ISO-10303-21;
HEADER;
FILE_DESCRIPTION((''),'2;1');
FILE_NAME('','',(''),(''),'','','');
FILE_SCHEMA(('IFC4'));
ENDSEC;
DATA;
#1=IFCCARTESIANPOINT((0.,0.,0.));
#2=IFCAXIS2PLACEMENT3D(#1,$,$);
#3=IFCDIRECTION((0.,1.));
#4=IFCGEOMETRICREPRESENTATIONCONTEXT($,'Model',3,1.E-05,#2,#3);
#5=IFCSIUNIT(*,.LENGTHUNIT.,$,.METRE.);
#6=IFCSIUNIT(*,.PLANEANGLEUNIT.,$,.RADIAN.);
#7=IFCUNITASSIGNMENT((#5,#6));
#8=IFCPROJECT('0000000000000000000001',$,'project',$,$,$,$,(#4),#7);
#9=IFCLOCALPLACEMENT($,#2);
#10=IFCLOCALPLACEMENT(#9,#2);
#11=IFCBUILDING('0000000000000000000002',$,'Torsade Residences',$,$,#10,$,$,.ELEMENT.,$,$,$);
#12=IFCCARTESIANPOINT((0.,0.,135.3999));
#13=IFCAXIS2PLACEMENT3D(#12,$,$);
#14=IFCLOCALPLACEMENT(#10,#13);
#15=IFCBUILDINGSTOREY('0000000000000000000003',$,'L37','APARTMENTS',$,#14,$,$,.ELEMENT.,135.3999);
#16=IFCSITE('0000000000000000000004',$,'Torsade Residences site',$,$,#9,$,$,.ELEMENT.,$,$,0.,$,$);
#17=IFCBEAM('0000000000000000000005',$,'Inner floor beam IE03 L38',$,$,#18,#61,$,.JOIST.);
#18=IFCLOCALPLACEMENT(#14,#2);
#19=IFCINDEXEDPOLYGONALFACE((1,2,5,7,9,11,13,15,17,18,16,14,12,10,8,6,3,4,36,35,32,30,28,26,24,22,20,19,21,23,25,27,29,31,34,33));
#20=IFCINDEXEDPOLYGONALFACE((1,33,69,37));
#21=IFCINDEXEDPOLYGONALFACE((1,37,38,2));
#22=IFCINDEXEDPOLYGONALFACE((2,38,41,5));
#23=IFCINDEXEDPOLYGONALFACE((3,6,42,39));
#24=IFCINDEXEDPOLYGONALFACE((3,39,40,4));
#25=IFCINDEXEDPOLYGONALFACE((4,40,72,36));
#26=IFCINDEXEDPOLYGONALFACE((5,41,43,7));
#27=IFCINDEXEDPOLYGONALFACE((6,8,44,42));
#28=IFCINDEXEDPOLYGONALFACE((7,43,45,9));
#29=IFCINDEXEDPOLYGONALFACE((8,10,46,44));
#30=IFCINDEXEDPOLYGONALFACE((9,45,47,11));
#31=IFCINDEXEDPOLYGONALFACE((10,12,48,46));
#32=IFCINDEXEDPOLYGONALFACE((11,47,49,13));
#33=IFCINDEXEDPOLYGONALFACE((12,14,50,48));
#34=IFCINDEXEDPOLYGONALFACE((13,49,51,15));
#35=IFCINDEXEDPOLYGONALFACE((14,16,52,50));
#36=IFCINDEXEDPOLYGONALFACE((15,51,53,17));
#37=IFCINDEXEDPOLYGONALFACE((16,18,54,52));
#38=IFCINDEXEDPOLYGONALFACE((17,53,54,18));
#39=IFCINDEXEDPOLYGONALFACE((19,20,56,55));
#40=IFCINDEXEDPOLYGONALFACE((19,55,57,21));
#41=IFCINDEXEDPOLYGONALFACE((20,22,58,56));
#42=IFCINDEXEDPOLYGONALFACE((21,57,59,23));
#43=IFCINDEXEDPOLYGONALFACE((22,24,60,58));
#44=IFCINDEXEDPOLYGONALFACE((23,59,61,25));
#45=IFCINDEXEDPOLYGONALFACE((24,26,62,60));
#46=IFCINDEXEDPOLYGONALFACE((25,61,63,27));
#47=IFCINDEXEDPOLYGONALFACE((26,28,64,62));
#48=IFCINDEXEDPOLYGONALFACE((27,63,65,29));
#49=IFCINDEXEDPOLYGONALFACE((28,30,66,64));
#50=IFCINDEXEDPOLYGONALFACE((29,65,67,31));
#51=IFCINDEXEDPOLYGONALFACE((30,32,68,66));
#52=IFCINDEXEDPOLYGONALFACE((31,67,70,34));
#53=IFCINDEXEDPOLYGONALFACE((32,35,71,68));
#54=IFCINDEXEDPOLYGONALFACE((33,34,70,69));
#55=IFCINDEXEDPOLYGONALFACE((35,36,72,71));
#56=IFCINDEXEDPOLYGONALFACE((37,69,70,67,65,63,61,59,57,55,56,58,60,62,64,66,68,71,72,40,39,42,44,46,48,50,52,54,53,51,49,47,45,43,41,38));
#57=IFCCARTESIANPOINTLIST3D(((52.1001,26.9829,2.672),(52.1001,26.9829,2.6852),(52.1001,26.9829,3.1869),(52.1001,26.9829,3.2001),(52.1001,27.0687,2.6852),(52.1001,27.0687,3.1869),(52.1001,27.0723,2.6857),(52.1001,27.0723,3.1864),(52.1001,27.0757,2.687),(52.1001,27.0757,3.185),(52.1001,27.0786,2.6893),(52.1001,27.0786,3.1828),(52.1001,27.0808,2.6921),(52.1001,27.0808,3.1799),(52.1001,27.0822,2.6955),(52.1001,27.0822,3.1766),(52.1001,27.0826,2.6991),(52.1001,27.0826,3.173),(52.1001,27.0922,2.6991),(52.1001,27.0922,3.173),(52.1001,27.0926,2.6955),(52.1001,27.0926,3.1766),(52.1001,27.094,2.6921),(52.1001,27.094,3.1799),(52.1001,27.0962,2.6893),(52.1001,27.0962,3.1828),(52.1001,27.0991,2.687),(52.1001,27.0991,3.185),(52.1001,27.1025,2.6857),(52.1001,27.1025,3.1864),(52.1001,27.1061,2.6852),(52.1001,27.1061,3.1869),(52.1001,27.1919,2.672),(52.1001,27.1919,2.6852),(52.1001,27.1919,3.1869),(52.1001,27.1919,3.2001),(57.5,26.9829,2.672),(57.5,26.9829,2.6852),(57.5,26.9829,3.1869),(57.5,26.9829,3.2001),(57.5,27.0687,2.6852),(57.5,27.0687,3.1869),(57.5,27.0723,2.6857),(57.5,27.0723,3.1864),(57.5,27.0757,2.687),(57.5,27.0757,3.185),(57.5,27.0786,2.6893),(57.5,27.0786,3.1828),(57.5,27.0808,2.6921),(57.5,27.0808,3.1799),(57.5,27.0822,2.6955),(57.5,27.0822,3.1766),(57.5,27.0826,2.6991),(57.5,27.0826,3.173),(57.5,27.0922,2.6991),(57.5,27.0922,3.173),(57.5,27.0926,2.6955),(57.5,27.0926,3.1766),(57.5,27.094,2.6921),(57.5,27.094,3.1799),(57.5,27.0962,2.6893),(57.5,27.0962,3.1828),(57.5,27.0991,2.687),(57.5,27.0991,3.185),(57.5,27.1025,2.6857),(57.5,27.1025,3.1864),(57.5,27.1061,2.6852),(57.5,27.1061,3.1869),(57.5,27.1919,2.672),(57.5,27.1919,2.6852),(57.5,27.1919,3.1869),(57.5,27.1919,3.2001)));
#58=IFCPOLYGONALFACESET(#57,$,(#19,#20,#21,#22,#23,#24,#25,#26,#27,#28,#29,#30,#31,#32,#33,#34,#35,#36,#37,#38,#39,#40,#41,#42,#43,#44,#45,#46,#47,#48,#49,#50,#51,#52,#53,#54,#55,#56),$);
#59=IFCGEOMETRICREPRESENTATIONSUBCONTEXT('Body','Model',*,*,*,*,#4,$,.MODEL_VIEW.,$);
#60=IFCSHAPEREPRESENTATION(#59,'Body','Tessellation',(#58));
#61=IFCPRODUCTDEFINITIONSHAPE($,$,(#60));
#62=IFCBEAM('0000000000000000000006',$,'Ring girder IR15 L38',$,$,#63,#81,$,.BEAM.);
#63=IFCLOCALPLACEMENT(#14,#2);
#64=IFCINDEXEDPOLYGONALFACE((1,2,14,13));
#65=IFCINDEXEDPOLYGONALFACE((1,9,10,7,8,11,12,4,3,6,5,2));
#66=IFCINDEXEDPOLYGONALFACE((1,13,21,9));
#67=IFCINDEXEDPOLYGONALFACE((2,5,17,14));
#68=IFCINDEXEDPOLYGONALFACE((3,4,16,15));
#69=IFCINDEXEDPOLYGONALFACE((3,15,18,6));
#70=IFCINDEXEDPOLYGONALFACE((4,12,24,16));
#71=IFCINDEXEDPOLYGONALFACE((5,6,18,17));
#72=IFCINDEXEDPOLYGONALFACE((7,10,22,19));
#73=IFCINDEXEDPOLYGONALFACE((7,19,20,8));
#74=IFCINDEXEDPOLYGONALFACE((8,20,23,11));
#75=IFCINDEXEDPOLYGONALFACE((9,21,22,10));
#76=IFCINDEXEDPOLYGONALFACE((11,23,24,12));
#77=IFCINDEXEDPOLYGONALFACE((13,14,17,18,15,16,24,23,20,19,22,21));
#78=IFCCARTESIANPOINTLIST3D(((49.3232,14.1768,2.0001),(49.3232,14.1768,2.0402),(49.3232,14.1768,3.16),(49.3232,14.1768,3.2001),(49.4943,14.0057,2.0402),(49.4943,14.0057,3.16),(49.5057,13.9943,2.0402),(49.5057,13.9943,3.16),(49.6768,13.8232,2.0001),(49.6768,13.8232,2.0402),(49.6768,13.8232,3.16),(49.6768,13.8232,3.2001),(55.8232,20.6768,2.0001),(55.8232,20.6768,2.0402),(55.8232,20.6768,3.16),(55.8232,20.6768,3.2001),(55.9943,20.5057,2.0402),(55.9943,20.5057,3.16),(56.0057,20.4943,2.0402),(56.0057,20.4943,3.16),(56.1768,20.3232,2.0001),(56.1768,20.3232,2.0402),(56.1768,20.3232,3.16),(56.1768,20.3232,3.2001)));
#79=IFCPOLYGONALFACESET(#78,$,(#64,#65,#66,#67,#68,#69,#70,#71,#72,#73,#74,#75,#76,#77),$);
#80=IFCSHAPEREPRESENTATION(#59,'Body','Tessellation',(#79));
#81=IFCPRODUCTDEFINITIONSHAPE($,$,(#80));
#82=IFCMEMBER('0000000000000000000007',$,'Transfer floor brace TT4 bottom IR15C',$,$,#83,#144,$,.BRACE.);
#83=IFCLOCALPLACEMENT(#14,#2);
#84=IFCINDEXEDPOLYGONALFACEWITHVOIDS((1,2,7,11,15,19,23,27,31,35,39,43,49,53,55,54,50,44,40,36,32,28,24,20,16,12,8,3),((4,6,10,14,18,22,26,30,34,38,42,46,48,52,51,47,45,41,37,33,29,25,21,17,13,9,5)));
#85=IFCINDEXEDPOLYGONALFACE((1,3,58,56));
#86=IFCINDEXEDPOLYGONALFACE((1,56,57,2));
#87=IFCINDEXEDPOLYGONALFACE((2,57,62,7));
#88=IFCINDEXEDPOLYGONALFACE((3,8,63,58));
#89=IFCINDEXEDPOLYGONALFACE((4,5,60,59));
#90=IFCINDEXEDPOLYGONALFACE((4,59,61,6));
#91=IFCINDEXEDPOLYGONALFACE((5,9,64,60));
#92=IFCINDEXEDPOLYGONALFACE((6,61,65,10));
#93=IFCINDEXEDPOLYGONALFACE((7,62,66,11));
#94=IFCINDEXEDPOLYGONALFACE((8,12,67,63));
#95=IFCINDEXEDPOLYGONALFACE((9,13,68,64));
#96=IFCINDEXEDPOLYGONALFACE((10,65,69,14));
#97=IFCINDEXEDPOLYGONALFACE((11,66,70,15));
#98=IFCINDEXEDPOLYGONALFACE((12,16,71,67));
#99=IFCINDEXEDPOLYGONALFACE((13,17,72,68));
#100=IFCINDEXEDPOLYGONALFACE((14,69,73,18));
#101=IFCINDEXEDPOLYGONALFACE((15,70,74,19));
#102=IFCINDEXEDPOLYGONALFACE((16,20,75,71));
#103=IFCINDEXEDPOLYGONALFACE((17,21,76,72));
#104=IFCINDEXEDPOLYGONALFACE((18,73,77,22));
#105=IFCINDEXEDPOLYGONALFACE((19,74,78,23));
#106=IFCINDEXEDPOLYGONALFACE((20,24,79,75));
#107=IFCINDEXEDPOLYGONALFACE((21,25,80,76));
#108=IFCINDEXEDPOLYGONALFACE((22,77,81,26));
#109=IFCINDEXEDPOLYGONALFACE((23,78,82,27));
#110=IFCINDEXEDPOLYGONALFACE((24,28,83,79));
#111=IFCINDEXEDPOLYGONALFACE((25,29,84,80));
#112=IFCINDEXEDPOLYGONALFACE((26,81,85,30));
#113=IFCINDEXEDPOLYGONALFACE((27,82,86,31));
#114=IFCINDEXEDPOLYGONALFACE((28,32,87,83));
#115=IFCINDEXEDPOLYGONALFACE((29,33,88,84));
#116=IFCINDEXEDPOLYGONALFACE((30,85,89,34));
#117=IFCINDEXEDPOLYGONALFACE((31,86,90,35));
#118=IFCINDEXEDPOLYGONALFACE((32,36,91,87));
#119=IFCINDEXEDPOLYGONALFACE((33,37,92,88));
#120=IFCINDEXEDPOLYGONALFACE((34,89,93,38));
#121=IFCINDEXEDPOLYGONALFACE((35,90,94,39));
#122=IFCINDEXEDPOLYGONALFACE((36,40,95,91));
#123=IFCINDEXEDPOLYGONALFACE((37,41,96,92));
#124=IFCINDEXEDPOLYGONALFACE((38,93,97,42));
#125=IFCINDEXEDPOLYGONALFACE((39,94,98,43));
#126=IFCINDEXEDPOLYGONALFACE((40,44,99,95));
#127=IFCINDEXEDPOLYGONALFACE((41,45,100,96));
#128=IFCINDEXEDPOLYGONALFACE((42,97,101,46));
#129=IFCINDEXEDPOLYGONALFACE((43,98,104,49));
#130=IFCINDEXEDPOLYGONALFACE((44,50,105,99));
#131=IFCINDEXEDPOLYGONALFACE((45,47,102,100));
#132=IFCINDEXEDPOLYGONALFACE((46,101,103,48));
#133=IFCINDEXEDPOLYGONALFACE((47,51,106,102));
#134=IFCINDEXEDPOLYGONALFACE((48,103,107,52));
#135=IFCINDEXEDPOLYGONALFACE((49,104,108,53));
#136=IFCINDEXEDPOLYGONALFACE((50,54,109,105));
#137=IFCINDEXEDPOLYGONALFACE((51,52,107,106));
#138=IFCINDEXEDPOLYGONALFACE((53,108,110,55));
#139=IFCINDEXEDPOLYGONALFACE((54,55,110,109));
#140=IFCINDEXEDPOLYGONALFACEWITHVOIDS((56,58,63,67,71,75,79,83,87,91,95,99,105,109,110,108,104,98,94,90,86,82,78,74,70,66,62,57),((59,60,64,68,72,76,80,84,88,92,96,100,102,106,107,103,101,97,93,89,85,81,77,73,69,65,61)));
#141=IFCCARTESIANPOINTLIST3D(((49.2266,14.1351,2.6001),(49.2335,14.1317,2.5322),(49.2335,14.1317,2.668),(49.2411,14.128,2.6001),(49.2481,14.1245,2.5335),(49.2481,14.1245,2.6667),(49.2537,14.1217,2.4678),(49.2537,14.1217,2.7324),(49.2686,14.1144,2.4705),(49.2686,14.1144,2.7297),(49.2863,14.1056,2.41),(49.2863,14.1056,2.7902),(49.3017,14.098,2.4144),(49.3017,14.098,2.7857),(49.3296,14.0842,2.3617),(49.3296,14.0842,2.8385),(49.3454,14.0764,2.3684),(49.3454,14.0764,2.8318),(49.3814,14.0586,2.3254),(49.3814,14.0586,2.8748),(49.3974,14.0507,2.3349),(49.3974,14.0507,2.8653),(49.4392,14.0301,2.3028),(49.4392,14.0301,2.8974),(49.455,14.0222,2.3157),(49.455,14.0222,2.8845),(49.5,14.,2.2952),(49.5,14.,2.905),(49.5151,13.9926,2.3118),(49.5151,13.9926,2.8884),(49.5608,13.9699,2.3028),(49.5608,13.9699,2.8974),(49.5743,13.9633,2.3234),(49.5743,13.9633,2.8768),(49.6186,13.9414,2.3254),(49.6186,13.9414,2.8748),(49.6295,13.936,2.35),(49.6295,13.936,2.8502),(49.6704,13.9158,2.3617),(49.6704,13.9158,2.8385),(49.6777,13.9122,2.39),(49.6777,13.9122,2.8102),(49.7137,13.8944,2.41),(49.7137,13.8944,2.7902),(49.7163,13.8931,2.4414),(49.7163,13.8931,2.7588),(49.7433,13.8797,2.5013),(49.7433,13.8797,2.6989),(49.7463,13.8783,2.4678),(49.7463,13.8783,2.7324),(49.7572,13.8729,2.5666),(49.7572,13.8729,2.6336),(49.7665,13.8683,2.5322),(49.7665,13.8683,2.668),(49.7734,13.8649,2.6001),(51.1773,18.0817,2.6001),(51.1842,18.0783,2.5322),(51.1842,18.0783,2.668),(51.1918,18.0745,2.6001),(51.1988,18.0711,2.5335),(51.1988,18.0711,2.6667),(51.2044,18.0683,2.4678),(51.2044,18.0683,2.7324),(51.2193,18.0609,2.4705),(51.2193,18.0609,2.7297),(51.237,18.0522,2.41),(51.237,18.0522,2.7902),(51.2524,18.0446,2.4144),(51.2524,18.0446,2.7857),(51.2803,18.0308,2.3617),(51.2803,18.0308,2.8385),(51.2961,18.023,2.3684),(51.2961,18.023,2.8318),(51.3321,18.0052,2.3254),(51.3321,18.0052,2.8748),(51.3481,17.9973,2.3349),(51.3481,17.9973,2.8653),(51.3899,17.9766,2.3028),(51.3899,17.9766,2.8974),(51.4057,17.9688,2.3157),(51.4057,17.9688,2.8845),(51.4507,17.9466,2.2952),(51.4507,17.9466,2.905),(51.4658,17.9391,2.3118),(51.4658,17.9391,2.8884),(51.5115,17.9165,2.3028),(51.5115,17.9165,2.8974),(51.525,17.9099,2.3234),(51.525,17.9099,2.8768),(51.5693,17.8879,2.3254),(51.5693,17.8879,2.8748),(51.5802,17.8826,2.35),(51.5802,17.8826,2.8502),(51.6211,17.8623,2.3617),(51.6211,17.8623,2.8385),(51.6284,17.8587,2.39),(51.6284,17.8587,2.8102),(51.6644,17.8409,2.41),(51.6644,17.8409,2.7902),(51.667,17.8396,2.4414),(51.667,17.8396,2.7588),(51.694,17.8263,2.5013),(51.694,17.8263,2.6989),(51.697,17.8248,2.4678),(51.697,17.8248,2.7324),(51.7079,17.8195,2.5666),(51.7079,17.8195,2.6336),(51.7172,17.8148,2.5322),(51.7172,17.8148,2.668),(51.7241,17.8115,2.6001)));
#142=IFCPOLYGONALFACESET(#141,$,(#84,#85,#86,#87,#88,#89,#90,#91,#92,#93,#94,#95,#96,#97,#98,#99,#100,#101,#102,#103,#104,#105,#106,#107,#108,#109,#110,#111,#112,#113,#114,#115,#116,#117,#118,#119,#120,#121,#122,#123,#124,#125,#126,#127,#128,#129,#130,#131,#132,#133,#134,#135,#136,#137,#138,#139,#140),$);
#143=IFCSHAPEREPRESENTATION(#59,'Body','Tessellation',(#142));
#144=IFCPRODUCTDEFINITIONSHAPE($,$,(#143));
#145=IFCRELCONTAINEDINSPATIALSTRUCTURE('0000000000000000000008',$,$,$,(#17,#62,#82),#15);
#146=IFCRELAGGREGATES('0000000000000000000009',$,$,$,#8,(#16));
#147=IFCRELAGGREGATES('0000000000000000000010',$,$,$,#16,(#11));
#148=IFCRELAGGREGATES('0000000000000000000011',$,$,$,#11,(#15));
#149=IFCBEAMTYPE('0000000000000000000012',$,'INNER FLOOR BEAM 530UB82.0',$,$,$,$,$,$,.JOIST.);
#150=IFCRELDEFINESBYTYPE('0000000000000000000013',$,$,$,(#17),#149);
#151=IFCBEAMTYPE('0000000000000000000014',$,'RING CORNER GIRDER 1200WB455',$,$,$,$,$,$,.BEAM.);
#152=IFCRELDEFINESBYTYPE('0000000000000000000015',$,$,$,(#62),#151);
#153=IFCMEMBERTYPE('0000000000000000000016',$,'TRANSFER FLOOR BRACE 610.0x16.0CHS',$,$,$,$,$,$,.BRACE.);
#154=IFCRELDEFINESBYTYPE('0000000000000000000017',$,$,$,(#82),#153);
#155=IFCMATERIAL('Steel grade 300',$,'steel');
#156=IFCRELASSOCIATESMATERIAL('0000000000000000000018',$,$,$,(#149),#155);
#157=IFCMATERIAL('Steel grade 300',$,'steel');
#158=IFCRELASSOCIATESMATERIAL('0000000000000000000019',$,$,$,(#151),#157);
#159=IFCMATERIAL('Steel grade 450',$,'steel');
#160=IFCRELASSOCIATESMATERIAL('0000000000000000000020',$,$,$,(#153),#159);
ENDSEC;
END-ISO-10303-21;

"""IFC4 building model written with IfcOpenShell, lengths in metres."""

from ifc_helpers import new_model, si_unit, direction, frame, origin, origin_2d, place, context, subcontext, project, spatial, hollow_circle, i_section, extrude, material, material_profile, profile_set, type_object, element, save


model = new_model("IFC4")

# Units and contexts
model_context = context("Model", 3, precision=1e-05, world=origin(), true_north=direction((0.0, 1.0)))
body_context = subcontext(model_context, "Body", "Model", "MODEL_VIEW")
ifc_project = project(units=[si_unit("LENGTHUNIT", "METRE"), si_unit("PLANEANGLEUNIT", "RADIAN")], contexts=[model_context])

# Site, building, storey
site_placement = place(None, origin())
site = spatial("IfcSite", under=ifc_project, at=site_placement, Name="Torsade Residences site", CompositionType="ELEMENT", RefElevation=0.0)
building_placement = place(site_placement, origin())
building = spatial("IfcBuilding", under=site, at=building_placement, Name="Torsade Residences", CompositionType="ELEMENT")
storey_placement = place(building_placement, frame((0.0, 0.0, 135.3999)))
storey = spatial("IfcBuildingStorey", under=building, at=storey_placement, Name="L37", Description="APARTMENTS", CompositionType="ELEMENT", Elevation=135.3999)

# Beams
ifc_material_1 = material(Name="Steel grade 300", Category="steel")
ifc_material_profile_1 = material_profile(ifc_material_1, i_section(OverallWidth=0.209, OverallDepth=0.5281, WebThickness=0.0095, FlangeThickness=0.0132, FilletRadius=0.0139, at=origin_2d()), Name="530UB82.0")
ifc_profile_set_1 = profile_set([ifc_material_profile_1], Name="Steel grade 300")
beam_type_1 = type_object("IfcBeamType", Name="INNER FLOOR BEAM 530UB82.0", PredefinedType="JOIST", material=ifc_profile_set_1)
beam_1_placement = place(storey_placement, frame((52.1001, 27.0874, 2.936), z_axis=(1.0, 0.0, 0.0), x_axis=(0.0, 1.0, 0.0)))
element("IfcBeam", 1, at=beam_1_placement, inside=storey, type_object=beam_type_1, Name="Inner floor beam IE03 L38", PredefinedType="JOIST", context=body_context, shape_type="SweptSolid", body=[
    extrude(i_section(OverallWidth=0.209, OverallDepth=0.5281, WebThickness=0.0095, FlangeThickness=0.0132, FilletRadius=0.0139, at=origin_2d()), origin(), (0.0, 0.0, 1.0), 5.3999),
])
ifc_material_2 = material(Name="Steel grade 300", Category="steel")
ifc_material_profile_2 = material_profile(ifc_material_2, i_section(OverallWidth=0.5, OverallDepth=1.2, WebThickness=0.0161, FlangeThickness=0.04, at=origin_2d()), Name="1200WB455")
ifc_profile_set_2 = profile_set([ifc_material_profile_2], Name="Steel grade 300")
beam_type_2 = type_object("IfcBeamType", Name="RING CORNER GIRDER 1200WB455", PredefinedType="BEAM", material=ifc_profile_set_2)
beam_2_placement = place(storey_placement, frame((49.5, 14.0, 2.6001), z_axis=(0.707107, 0.707107, 0.0), x_axis=(-0.707107, 0.707107, 0.0)))
element("IfcBeam", 2, at=beam_2_placement, inside=storey, type_object=beam_type_2, Name="Ring girder IR15 L38", PredefinedType="BEAM", context=body_context, shape_type="SweptSolid", body=[
    extrude(i_section(OverallWidth=0.5, OverallDepth=1.2, WebThickness=0.0161, FlangeThickness=0.04, at=origin_2d()), origin(), (0.0, 0.0, 1.0), 9.1924),
])

# Member
ifc_material_3 = material(Name="Steel grade 450", Category="steel")
ifc_material_profile_3 = material_profile(ifc_material_3, hollow_circle(Radius=0.3049, WallThickness=0.0161, at=origin_2d()), Name="610.0x16.0CHS")
ifc_profile_set_3 = profile_set([ifc_material_profile_3], Name="Steel grade 450")
member_type = type_object("IfcMemberType", Name="TRANSFER FLOOR BRACE 610.0x16.0CHS", PredefinedType="BRACE", material=ifc_profile_set_3)
member_placement = place(storey_placement, frame((49.5, 14.0, 2.6001), z_axis=(0.443105, 0.89647, 0.0), x_axis=(-0.89647, 0.443105, 0.0)))
element("IfcMember", 3, at=member_placement, inside=storey, type_object=member_type, Name="Transfer floor brace TT4 bottom IR15C", PredefinedType="BRACE", context=body_context, shape_type="SweptSolid", body=[
    extrude(hollow_circle(Radius=0.3049, WallThickness=0.0161, at=origin_2d()), origin(), (0.0, 0.0, 1.0), 4.4023),
])

save(model, "model.ifc")
